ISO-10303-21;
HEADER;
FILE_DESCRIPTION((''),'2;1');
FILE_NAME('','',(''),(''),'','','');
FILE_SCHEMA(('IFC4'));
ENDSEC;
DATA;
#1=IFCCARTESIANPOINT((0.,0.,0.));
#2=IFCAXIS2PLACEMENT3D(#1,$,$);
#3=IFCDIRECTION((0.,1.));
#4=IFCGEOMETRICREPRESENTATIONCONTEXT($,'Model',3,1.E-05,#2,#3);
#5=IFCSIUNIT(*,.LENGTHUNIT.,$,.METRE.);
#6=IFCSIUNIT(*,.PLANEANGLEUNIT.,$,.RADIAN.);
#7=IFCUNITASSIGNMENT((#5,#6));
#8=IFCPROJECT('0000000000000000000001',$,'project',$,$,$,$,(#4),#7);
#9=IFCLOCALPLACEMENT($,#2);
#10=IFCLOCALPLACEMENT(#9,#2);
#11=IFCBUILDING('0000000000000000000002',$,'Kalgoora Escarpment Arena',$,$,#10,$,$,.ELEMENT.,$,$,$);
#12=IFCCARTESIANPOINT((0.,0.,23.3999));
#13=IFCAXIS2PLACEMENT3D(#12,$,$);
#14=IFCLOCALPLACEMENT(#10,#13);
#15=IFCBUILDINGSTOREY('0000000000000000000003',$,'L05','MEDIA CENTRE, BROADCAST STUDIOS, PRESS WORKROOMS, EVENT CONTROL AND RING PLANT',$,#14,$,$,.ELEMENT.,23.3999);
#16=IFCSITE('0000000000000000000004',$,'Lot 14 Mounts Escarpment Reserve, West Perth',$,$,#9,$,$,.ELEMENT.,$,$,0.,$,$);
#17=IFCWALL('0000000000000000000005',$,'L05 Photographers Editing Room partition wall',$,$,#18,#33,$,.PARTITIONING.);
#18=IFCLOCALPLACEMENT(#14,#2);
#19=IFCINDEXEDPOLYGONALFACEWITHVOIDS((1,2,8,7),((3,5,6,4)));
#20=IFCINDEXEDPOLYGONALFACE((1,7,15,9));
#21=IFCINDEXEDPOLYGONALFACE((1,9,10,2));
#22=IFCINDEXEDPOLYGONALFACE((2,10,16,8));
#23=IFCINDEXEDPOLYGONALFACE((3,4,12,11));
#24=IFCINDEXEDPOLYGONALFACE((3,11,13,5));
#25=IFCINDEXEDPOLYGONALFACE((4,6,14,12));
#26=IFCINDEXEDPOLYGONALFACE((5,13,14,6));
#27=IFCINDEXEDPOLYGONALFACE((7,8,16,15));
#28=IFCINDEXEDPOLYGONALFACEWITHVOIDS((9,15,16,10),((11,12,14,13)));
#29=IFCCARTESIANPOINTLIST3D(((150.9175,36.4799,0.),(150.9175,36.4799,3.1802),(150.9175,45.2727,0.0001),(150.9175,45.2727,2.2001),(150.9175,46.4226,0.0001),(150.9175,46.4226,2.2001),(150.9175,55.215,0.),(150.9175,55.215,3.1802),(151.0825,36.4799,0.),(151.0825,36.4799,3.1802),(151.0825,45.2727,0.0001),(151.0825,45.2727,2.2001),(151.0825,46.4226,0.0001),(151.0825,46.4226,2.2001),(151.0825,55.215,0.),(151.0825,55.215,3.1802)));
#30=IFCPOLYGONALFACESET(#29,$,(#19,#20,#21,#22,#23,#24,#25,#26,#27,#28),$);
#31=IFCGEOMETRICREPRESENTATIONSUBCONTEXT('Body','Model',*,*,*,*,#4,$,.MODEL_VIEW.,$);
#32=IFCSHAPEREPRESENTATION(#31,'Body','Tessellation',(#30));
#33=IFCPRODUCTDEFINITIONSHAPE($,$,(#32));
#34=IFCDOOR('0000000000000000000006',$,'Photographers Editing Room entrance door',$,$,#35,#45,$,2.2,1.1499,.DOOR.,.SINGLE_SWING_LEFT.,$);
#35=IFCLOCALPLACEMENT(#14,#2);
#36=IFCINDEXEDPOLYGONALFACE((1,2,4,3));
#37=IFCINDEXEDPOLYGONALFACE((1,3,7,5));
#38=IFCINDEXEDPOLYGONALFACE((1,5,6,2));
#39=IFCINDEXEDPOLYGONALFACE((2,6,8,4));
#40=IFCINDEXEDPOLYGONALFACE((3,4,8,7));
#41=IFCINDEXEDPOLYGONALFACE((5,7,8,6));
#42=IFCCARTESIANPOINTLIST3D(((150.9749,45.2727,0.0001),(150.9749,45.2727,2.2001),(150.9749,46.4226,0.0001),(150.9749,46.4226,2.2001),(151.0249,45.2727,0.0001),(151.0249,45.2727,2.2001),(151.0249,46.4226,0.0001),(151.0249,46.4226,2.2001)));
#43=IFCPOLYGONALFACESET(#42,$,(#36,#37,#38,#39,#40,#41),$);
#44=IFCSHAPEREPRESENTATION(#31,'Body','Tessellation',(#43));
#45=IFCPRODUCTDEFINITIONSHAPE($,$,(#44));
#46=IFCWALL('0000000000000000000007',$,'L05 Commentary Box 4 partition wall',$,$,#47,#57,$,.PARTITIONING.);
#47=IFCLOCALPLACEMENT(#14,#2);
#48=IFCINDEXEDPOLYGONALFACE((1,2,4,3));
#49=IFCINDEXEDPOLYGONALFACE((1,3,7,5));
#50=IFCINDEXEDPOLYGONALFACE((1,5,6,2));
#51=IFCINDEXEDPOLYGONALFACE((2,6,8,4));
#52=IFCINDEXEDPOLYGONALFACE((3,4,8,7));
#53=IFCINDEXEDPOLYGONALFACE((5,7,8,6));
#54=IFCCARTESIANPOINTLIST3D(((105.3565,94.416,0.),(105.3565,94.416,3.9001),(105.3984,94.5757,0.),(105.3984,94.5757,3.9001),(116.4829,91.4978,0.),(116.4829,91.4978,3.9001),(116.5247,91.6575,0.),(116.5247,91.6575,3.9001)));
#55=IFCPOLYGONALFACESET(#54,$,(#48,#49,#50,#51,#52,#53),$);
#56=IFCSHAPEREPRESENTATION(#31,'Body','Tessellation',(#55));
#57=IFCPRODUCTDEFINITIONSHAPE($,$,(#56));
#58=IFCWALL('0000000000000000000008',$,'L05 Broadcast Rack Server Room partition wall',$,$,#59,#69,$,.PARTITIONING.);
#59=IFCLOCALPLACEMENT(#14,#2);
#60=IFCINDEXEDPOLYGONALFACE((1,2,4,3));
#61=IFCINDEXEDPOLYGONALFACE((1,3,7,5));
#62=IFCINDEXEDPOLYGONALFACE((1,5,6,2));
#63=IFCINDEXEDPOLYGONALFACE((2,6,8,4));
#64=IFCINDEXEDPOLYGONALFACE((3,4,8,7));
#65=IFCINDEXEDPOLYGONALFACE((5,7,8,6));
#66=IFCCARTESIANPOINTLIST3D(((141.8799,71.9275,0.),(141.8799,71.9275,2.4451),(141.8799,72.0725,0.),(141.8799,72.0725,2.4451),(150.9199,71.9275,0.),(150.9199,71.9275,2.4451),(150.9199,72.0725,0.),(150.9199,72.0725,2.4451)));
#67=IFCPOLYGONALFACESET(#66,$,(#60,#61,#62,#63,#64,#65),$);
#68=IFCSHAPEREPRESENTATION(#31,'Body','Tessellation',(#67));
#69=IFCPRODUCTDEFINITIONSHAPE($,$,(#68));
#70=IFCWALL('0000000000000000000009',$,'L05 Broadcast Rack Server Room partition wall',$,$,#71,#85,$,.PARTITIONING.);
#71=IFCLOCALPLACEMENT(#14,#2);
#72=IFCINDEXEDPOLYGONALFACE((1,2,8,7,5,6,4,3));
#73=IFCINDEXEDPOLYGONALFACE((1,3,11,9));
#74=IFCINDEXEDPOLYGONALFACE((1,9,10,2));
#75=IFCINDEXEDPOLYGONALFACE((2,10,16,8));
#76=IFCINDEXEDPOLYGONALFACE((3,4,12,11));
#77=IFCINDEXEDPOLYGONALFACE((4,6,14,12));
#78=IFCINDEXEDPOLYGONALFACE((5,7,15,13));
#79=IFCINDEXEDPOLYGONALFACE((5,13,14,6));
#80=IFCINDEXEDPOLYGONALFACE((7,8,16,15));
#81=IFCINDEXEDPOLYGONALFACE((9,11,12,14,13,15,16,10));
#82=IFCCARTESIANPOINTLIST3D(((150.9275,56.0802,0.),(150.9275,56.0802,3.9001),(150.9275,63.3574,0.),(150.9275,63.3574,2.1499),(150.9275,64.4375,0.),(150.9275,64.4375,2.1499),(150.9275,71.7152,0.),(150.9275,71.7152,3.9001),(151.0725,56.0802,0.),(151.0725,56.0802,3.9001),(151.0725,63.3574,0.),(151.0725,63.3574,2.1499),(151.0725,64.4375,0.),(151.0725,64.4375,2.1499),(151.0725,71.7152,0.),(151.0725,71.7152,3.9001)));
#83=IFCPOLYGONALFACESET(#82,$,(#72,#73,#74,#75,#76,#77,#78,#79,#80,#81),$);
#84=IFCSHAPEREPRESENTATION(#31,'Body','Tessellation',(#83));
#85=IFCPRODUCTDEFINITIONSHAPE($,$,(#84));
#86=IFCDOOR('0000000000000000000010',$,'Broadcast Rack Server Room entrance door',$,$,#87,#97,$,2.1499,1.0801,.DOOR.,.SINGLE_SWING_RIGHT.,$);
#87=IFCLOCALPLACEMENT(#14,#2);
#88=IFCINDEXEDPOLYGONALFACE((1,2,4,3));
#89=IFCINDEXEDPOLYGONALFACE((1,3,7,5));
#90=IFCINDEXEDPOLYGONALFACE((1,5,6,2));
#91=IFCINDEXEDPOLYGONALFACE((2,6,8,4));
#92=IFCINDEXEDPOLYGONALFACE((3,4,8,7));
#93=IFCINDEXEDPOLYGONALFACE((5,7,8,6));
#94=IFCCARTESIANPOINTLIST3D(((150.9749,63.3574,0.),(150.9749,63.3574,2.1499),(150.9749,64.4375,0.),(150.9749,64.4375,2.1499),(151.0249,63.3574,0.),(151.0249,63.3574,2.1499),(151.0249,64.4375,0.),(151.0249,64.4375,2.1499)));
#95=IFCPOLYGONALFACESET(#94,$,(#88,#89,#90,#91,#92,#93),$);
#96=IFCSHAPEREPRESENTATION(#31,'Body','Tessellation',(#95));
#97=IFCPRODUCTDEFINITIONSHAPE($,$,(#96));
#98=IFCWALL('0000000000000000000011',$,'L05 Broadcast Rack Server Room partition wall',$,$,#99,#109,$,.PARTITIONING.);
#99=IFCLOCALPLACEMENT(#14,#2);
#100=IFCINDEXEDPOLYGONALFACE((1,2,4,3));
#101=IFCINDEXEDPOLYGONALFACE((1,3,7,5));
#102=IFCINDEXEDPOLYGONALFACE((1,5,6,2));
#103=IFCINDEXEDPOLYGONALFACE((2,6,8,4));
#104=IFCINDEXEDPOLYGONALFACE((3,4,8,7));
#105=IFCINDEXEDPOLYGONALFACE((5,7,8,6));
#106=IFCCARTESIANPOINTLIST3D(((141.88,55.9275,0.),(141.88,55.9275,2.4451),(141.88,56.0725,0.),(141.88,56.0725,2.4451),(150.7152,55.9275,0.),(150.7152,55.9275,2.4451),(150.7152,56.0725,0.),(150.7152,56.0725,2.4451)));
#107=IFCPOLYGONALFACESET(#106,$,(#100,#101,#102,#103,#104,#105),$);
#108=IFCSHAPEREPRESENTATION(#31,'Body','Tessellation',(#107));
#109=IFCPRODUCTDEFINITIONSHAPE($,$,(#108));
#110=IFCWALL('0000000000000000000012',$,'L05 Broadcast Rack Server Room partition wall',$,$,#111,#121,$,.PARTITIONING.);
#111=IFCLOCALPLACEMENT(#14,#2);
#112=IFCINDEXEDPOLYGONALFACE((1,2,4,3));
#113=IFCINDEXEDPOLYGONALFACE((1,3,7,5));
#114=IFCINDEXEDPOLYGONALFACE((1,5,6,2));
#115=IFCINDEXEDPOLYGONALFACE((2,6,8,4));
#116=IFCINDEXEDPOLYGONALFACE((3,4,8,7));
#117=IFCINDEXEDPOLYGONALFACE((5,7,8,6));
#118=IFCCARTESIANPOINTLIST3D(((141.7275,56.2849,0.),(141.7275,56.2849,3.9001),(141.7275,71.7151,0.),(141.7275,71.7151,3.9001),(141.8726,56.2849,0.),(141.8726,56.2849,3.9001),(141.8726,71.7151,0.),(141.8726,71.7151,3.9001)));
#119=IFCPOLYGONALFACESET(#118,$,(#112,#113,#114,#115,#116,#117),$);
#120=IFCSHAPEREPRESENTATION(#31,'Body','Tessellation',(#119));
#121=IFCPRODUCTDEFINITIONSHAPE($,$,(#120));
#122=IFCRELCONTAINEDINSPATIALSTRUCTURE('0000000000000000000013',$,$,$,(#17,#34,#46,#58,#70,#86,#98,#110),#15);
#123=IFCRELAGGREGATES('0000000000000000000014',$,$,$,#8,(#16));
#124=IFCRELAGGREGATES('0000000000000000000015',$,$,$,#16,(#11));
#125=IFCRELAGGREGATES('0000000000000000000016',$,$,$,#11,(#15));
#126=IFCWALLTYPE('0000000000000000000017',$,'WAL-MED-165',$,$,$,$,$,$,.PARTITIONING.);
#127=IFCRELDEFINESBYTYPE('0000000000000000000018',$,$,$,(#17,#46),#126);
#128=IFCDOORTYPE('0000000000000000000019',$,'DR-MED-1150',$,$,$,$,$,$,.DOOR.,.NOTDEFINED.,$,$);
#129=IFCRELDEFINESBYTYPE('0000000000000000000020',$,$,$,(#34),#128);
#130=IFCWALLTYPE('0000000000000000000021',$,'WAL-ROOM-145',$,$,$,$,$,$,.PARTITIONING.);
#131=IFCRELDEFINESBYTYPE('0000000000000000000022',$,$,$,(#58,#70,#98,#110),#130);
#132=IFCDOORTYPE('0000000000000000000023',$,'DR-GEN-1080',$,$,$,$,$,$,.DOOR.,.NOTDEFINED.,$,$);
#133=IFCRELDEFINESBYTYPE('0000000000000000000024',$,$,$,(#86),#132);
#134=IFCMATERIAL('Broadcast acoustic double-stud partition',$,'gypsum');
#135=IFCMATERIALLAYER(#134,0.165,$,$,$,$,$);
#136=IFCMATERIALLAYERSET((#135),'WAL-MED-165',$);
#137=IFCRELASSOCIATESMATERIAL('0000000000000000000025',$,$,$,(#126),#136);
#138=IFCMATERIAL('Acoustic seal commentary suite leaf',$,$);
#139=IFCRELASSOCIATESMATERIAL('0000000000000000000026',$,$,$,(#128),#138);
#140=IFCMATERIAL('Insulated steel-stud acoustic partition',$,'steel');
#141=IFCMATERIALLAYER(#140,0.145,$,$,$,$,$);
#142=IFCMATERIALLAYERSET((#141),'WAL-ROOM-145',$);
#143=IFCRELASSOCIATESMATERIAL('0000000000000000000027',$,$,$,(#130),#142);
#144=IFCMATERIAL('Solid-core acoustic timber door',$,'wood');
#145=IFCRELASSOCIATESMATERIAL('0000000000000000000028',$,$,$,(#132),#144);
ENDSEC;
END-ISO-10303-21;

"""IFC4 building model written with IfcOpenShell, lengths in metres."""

from ifc_helpers import new_model, si_unit, direction, frame, frame_2d, origin, place, context, subcontext, project, spatial, rectangle, extrude, material, layer, layer_set, type_object, element, fill, save


model = new_model("IFC4")

# Units and contexts
model_context = context("Model", 3, precision=1e-05, world=origin(), true_north=direction((0.0, 1.0)))
body_context = subcontext(model_context, "Body", "Model", "MODEL_VIEW")
ifc_project = project(units=[si_unit("LENGTHUNIT", "METRE"), si_unit("PLANEANGLEUNIT", "RADIAN")], contexts=[model_context])

# Site, building, storey
site_placement = place(None, origin())
site = spatial("IfcSite", under=ifc_project, at=site_placement, Name="Lot 14 Mounts Escarpment Reserve, West Perth", CompositionType="ELEMENT", RefElevation=0.0)
building_placement = place(site_placement, origin())
building = spatial("IfcBuilding", under=site, at=building_placement, Name="Kalgoora Escarpment Arena", CompositionType="ELEMENT")
storey_placement = place(building_placement, frame((0.0, 0.0, 23.3999)))
storey = spatial("IfcBuildingStorey", under=building, at=storey_placement, Name="L05", Description="MEDIA CENTRE, BROADCAST STUDIOS, PRESS WORKROOMS, EVENT CONTROL AND RING PLANT", CompositionType="ELEMENT", Elevation=23.3999)

# Shared definitions
ifc_material_1 = material(Name="Broadcast acoustic double-stud partition", Category="gypsum")
ifc_layer_1 = layer(ifc_material_1, 0.165)
ifc_layer_set_1 = layer_set([ifc_layer_1], Name="WAL-MED-165")
wall_type_1 = type_object("IfcWallType", Name="WAL-MED-165", PredefinedType="PARTITIONING", material=ifc_layer_set_1)

# Shared definitions
ifc_material_2 = material(Name="Acoustic seal commentary suite leaf")
door_type_1 = type_object("IfcDoorType", Name="DR-MED-1150", OperationType="NOTDEFINED", PredefinedType="DOOR", material=ifc_material_2)

# Wall, opening, door
wall_1_placement = place(storey_placement, frame((151.0, 55.2151, 0.0), z_axis=(0.0, 0.0, 1.0), x_axis=(0.0, -1.0, 0.0)))
wall_1 = element("IfcWall", 1, at=wall_1_placement, inside=storey, type_object=wall_type_1, Name="L05 Photographers Editing Room partition wall", PredefinedType="PARTITIONING", context=body_context, shape_type="SweptSolid", body=[
    extrude(rectangle(XDim=18.7351, YDim=0.165, at=frame_2d((9.3677, 0.0))), origin(), (0.0, 0.0, 1.0), 3.1802),
])
opening_1_placement = place(wall_1_placement, frame((8.7925, 0.0, 0.0)))
opening_1 = element("IfcOpeningElement", 2, at=opening_1_placement, cuts=wall_1, PredefinedType="OPENING", context=body_context, shape_type="SweptSolid", body=[
    extrude(rectangle(XDim=1.1499, YDim=2.2, at=frame_2d((0.575, 1.1001))), frame((0.0, 0.0925, 0.0), z_axis=(0.0, -1.0, 0.0), x_axis=(1.0, 0.0, 0.0)), (0.0, 0.0, 1.0), 0.1851),
])
door_1_placement = place(opening_1_placement, origin())
door_1 = element("IfcDoor", 3, at=door_1_placement, inside=storey, type_object=door_type_1, Name="Photographers Editing Room entrance door", OperationType="SINGLE_SWING_LEFT", OverallHeight=2.2, OverallWidth=1.1499, PredefinedType="DOOR", context=body_context, shape_type="SweptSolid", body=[
    extrude(rectangle(XDim=1.1499, YDim=2.2, at=frame_2d((0.575, 1.1001))), frame((0.0, 0.0249, 0.0), z_axis=(0.0, -1.0, 0.0), x_axis=(1.0, 0.0, 0.0)), (0.0, 0.0, 1.0), 0.05),
])
fill(opening_1, door_1)

# Walls
wall_2_placement = place(storey_placement, frame((116.5039, 91.5776, 0.0), z_axis=(0.0, 0.0, 1.0), x_axis=(-0.967284, 0.253696, 0.0)))
element("IfcWall", 4, at=wall_2_placement, inside=storey, type_object=wall_type_1, Name="L05 Commentary Box 4 partition wall", PredefinedType="PARTITIONING", context=body_context, shape_type="SweptSolid", body=[
    extrude(rectangle(XDim=11.5027, YDim=0.165, at=frame_2d((5.7515, 0.0))), origin(), (0.0, 0.0, 1.0), 3.9001),
])
ifc_material_3 = material(Name="Insulated steel-stud acoustic partition", Category="steel")
ifc_layer_2 = layer(ifc_material_3, 0.145)
ifc_layer_set_2 = layer_set([ifc_layer_2], Name="WAL-ROOM-145")
wall_type_2 = type_object("IfcWallType", Name="WAL-ROOM-145", PredefinedType="PARTITIONING", material=ifc_layer_set_2)
wall_3_placement = place(storey_placement, frame((141.8799, 72.0, 0.0), z_axis=(0.0, 0.0, 1.0), x_axis=(1.0, 0.0, 0.0)))
element("IfcWall", 5, at=wall_3_placement, inside=storey, type_object=wall_type_2, Name="L05 Broadcast Rack Server Room partition wall", PredefinedType="PARTITIONING", context=body_context, shape_type="SweptSolid", body=[
    extrude(rectangle(XDim=9.04, YDim=0.145, at=frame_2d((4.52, 0.0))), origin(), (0.0, 0.0, 1.0), 2.4451),
])

# Wall, opening, door
wall_4_placement = place(storey_placement, frame((151.0, 71.7151, 0.0), z_axis=(0.0, 0.0, 1.0), x_axis=(0.0, -1.0, 0.0)))
wall_4 = element("IfcWall", 6, at=wall_4_placement, inside=storey, type_object=wall_type_2, Name="L05 Broadcast Rack Server Room partition wall", PredefinedType="PARTITIONING", context=body_context, shape_type="SweptSolid", body=[
    extrude(rectangle(XDim=15.635, YDim=0.145, at=frame_2d((7.8174, 0.0))), origin(), (0.0, 0.0, 1.0), 3.9001),
])
opening_2_placement = place(wall_4_placement, frame((7.2776, 0.0, 0.0)))
opening_2 = element("IfcOpeningElement", 7, at=opening_2_placement, cuts=wall_4, PredefinedType="OPENING", context=body_context, shape_type="SweptSolid", body=[
    extrude(rectangle(XDim=1.0801, YDim=2.1499, at=frame_2d((0.54, 1.075))), frame((0.0, 0.0825, 0.0), z_axis=(0.0, -1.0, 0.0), x_axis=(1.0, 0.0, 0.0)), (0.0, 0.0, 1.0), 0.165),
])
ifc_material_4 = material(Name="Solid-core acoustic timber door", Category="wood")
door_type_2 = type_object("IfcDoorType", Name="DR-GEN-1080", OperationType="NOTDEFINED", PredefinedType="DOOR", material=ifc_material_4)
door_2_placement = place(opening_2_placement, origin())
door_2 = element("IfcDoor", 8, at=door_2_placement, inside=storey, type_object=door_type_2, Name="Broadcast Rack Server Room entrance door", OperationType="SINGLE_SWING_RIGHT", OverallHeight=2.1499, OverallWidth=1.0801, PredefinedType="DOOR", context=body_context, shape_type="SweptSolid", body=[
    extrude(rectangle(XDim=1.0801, YDim=2.1499, at=frame_2d((0.54, 1.075))), frame((0.0, 0.0249, 0.0), z_axis=(0.0, -1.0, 0.0), x_axis=(1.0, 0.0, 0.0)), (0.0, 0.0, 1.0), 0.05),
])
fill(opening_2, door_2)

# Walls
wall_5_placement = place(storey_placement, frame((150.7151, 56.0, 0.0), z_axis=(0.0, 0.0, 1.0), x_axis=(-1.0, 0.0, 0.0)))
element("IfcWall", 9, at=wall_5_placement, inside=storey, type_object=wall_type_2, Name="L05 Broadcast Rack Server Room partition wall", PredefinedType="PARTITIONING", context=body_context, shape_type="SweptSolid", body=[
    extrude(rectangle(XDim=8.8352, YDim=0.145, at=frame_2d((4.4175, 0.0))), origin(), (0.0, 0.0, 1.0), 2.4451),
])
wall_6_placement = place(storey_placement, frame((141.8, 56.2849, 0.0), z_axis=(0.0, 0.0, 1.0), x_axis=(0.0, 1.0, 0.0)))
element("IfcWall", 10, at=wall_6_placement, inside=storey, type_object=wall_type_2, Name="L05 Broadcast Rack Server Room partition wall", PredefinedType="PARTITIONING", context=body_context, shape_type="SweptSolid", body=[
    extrude(rectangle(XDim=15.4302, YDim=0.145, at=frame_2d((7.7151, 0.0))), origin(), (0.0, 0.0, 1.0), 3.9001),
])

save(model, "model.ifc")
